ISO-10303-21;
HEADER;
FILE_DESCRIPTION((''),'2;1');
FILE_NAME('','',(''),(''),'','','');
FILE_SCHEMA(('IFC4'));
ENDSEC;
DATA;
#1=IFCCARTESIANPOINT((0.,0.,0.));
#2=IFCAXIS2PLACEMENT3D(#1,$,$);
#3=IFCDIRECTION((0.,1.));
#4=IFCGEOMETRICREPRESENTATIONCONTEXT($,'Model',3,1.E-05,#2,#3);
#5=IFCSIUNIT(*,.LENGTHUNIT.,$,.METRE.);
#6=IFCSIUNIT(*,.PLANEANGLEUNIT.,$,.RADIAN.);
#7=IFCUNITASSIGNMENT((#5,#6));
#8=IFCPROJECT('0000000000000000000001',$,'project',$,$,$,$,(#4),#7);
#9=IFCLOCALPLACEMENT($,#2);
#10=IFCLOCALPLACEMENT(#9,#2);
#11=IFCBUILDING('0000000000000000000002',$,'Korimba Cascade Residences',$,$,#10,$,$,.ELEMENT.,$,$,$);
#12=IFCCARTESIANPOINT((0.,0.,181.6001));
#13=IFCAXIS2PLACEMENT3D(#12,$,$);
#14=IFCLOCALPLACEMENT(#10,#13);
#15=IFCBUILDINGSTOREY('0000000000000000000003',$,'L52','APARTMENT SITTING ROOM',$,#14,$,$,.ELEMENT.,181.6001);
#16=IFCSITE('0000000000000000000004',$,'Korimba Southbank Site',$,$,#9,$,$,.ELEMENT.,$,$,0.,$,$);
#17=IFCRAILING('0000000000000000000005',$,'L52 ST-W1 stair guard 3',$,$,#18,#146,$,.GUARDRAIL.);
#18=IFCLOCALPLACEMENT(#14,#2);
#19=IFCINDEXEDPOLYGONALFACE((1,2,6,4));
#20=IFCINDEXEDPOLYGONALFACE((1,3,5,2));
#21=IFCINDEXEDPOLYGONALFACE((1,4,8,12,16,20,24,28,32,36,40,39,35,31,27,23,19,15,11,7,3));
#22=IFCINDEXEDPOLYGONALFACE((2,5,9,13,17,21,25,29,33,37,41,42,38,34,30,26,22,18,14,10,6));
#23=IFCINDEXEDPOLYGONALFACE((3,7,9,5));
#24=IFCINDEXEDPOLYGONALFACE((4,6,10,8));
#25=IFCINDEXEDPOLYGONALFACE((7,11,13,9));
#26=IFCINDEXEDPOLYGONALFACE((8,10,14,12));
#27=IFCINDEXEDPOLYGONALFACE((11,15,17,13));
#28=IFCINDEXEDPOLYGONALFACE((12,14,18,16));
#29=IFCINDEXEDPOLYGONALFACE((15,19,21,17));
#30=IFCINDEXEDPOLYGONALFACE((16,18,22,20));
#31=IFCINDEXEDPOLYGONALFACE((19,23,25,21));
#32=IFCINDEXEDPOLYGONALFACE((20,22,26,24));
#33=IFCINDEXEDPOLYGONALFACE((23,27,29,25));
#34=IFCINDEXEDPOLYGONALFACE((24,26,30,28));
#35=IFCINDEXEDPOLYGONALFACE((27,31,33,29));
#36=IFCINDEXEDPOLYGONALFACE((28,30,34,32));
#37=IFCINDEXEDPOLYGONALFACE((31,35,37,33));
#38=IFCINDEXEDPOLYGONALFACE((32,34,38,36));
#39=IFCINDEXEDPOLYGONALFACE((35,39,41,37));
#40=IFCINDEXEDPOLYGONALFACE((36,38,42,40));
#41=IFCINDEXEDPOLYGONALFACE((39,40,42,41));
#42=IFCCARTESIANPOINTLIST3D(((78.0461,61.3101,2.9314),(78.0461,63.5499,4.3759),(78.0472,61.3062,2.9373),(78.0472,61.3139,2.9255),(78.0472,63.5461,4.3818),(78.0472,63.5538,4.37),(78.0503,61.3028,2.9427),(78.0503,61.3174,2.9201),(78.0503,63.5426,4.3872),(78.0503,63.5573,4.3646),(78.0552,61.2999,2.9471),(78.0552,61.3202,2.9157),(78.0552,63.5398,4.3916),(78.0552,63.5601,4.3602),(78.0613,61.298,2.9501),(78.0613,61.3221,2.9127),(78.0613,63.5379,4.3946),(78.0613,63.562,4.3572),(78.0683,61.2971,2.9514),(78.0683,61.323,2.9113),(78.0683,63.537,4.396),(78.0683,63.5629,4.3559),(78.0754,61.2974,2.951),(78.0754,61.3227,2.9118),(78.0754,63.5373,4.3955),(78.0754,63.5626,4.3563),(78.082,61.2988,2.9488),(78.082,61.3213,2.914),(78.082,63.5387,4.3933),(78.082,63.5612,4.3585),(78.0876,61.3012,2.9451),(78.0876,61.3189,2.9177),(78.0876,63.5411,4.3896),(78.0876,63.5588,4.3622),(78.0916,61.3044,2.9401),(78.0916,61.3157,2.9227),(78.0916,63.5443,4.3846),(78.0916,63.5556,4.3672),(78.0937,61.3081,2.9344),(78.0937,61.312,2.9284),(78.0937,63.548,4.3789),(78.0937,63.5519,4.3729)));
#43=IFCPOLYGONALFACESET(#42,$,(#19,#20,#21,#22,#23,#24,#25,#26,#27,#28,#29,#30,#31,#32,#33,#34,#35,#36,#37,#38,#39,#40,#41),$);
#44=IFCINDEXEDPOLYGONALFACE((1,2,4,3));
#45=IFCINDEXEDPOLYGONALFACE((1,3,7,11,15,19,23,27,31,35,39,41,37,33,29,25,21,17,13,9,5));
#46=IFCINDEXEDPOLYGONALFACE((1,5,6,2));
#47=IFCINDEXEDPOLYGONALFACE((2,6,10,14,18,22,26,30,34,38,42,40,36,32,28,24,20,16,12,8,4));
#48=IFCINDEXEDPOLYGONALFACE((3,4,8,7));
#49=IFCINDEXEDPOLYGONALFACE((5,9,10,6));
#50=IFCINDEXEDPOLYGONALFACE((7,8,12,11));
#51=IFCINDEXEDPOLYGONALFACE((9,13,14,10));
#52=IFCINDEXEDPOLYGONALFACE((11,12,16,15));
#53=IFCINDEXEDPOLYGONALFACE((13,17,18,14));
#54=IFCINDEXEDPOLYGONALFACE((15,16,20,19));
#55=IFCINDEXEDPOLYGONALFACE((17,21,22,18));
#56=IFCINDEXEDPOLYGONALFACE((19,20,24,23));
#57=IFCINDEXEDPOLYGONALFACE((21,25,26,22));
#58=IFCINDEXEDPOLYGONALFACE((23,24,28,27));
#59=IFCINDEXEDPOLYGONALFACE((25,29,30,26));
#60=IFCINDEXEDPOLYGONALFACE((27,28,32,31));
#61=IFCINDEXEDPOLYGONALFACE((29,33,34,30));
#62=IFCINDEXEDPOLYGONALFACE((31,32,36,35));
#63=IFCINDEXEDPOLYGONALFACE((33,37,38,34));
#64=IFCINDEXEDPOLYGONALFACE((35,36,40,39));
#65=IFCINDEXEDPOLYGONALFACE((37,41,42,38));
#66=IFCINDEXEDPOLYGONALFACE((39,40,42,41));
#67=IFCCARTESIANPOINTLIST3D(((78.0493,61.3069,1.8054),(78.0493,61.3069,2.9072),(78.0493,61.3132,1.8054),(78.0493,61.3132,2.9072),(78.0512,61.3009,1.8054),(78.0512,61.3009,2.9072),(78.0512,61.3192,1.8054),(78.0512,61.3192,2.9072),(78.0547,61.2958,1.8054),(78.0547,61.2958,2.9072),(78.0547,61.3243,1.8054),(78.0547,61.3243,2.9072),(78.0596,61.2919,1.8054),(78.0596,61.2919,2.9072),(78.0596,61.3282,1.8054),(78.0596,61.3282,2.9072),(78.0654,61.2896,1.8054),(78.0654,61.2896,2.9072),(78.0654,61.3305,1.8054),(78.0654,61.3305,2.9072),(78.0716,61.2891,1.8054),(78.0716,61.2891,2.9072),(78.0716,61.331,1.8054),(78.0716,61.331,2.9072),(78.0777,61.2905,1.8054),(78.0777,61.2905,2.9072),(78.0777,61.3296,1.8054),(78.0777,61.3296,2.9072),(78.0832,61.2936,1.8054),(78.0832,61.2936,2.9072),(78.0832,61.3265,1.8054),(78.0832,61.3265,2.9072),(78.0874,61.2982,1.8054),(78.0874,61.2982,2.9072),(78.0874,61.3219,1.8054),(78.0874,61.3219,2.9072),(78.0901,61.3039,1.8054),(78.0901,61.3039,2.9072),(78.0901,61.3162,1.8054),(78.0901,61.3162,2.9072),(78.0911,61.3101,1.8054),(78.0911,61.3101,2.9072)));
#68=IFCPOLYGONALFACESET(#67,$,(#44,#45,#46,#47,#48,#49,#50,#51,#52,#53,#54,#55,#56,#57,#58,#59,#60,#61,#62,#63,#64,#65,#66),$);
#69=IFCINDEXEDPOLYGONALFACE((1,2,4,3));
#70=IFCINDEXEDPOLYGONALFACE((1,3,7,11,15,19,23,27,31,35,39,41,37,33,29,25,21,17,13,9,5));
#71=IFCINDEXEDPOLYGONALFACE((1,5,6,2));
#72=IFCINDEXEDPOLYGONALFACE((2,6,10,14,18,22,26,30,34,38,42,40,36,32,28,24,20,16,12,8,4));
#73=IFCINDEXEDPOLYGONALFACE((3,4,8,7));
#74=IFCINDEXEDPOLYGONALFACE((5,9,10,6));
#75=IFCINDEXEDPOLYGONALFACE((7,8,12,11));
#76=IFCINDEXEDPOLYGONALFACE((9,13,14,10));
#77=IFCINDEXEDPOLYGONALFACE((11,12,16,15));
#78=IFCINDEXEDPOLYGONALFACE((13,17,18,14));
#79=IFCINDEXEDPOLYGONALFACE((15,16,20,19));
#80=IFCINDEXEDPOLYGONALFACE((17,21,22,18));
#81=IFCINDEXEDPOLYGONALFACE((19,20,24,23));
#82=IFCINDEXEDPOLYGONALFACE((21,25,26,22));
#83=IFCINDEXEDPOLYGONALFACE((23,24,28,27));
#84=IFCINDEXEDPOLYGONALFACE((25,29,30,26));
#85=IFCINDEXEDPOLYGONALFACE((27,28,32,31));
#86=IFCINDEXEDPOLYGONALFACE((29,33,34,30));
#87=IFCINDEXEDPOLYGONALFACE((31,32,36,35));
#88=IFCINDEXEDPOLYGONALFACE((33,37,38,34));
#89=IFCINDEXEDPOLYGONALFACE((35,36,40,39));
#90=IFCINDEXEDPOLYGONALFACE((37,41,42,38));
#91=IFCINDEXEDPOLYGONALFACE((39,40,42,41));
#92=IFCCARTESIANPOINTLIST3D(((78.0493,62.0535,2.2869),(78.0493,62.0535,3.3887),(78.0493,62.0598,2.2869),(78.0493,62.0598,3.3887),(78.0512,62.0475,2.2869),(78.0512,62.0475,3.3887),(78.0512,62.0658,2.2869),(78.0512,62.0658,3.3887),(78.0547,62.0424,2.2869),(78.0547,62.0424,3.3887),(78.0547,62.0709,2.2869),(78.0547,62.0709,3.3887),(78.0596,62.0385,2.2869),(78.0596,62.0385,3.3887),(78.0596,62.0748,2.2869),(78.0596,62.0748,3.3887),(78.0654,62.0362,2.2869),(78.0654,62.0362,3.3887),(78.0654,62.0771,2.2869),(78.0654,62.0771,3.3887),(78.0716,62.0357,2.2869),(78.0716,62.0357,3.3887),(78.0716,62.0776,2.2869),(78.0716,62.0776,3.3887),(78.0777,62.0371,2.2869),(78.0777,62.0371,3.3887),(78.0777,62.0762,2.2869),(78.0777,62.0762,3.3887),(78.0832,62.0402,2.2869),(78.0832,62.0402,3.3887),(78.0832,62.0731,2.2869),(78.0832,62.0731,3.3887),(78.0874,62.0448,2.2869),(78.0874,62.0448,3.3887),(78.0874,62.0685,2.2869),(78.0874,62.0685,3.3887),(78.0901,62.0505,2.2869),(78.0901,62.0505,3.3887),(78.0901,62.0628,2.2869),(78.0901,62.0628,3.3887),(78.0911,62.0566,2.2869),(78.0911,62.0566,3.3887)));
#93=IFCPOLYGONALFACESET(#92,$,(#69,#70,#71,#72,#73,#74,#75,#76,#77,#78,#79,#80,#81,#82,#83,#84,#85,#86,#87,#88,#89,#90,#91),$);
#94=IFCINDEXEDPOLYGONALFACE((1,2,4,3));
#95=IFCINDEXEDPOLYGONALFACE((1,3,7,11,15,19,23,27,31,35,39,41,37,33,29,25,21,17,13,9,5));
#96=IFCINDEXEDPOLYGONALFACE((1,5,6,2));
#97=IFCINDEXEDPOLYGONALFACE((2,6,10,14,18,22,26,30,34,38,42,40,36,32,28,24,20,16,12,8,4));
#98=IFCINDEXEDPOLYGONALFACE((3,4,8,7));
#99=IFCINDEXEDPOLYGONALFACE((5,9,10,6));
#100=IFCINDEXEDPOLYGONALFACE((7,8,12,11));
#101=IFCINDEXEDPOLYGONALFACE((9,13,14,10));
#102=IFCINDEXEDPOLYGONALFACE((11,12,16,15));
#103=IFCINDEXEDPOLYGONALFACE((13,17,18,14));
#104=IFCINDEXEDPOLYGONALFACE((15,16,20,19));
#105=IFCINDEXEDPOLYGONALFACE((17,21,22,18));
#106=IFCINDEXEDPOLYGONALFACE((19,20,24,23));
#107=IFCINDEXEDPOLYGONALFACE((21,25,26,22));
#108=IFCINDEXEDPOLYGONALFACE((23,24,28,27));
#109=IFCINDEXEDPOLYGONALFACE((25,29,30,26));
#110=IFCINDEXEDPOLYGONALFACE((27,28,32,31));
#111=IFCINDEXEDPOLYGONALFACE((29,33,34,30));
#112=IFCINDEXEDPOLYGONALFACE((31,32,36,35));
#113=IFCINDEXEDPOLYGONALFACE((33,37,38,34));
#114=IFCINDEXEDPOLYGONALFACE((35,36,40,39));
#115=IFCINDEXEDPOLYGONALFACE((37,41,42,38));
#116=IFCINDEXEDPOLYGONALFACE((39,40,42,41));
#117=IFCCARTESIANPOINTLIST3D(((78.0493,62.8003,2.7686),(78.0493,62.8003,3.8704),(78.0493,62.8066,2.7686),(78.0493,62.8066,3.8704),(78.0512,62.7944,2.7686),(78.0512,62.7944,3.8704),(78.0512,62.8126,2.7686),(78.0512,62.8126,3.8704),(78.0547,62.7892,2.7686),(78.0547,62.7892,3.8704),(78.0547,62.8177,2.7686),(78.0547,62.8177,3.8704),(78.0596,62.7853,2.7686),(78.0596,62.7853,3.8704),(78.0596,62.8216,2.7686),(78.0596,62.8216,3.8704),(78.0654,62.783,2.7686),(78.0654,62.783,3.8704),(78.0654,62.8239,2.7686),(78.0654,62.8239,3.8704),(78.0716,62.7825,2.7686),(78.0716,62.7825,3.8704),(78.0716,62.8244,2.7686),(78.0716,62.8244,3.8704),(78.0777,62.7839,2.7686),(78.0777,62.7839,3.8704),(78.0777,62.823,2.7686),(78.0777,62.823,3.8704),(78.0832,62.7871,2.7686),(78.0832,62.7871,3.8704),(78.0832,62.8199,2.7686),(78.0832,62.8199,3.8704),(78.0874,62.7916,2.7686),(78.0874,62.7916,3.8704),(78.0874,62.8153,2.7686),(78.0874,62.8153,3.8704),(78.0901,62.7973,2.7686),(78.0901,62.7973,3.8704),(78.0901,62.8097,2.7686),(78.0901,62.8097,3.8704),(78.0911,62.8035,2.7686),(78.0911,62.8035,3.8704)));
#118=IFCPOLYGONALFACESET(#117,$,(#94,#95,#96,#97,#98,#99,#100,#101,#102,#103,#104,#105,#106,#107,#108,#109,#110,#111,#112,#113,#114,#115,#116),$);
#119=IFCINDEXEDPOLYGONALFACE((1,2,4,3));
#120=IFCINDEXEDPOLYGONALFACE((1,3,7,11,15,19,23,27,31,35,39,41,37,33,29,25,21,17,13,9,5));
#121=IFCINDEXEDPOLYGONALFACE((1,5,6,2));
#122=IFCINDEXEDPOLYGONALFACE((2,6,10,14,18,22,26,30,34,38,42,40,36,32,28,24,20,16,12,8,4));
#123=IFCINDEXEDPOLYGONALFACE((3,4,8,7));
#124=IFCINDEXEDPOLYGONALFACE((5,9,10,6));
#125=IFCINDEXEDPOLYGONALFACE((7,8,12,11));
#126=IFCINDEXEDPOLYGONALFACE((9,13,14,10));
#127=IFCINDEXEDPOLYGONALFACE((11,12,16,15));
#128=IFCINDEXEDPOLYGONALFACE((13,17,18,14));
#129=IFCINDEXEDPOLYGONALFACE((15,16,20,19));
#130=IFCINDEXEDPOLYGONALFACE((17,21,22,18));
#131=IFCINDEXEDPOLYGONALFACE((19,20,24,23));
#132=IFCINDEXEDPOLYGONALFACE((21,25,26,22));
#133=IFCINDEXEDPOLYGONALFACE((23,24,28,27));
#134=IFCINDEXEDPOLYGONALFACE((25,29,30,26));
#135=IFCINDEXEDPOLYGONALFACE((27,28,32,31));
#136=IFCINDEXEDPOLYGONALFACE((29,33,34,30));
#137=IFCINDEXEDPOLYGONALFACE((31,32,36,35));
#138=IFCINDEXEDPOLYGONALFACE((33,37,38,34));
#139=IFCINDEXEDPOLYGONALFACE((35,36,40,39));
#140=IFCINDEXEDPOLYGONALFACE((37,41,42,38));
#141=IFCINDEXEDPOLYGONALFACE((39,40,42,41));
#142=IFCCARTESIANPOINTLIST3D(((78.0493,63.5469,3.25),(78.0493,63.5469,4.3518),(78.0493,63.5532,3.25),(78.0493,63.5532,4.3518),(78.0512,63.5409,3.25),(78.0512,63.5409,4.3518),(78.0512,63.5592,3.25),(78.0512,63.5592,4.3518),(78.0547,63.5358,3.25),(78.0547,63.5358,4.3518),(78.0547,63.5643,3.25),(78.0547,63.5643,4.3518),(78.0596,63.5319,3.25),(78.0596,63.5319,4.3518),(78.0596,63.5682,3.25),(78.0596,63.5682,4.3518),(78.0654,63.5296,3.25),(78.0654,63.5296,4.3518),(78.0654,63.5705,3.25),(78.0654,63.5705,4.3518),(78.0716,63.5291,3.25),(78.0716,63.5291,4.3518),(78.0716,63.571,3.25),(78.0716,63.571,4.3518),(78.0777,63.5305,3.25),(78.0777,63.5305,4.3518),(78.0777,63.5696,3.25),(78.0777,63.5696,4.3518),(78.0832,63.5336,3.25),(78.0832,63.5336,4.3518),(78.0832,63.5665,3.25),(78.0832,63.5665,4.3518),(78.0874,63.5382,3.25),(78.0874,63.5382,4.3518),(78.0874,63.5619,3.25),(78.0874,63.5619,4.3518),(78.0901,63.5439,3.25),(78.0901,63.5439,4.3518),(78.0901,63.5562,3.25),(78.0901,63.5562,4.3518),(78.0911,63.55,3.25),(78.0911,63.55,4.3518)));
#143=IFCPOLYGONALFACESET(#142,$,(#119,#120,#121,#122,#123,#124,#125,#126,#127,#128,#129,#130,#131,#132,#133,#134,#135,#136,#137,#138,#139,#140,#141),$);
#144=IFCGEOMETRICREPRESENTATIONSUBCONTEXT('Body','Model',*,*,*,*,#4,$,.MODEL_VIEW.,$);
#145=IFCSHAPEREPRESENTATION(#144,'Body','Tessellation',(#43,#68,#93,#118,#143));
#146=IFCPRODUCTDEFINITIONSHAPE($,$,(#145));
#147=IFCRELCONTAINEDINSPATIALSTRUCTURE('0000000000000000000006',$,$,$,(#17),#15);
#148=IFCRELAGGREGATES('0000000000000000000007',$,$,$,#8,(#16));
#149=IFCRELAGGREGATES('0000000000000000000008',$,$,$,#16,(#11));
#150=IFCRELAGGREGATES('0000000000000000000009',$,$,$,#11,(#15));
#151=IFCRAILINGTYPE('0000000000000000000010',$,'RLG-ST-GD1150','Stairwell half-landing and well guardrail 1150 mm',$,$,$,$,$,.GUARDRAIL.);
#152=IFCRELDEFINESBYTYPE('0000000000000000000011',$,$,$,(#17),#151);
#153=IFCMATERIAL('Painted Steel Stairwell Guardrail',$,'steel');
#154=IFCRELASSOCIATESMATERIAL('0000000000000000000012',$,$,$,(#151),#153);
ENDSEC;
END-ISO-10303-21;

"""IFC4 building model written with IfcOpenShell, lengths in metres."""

from ifc_helpers import new_model, si_unit, direction, frame, origin, origin_2d, place, context, subcontext, project, spatial, circle, extrude, material, type_object, element, save


model = new_model("IFC4")

# Units and contexts
model_context = context("Model", 3, precision=1e-05, world=origin(), true_north=direction((0.0, 1.0)))
body_context = subcontext(model_context, "Body", "Model", "MODEL_VIEW")
ifc_project = project(units=[si_unit("LENGTHUNIT", "METRE"), si_unit("PLANEANGLEUNIT", "RADIAN")], contexts=[model_context])

# Site, building, storey
site_placement = place(None, origin())
site = spatial("IfcSite", under=ifc_project, at=site_placement, Name="Korimba Southbank Site", CompositionType="ELEMENT", RefElevation=0.0)
building_placement = place(site_placement, origin())
building = spatial("IfcBuilding", under=site, at=building_placement, Name="Korimba Cascade Residences", CompositionType="ELEMENT")
storey_placement = place(building_placement, frame((0.0, 0.0, 181.6001)))
storey = spatial("IfcBuildingStorey", under=building, at=storey_placement, Name="L52", Description="APARTMENT SITTING ROOM", CompositionType="ELEMENT", Elevation=181.6001)

# Railing
ifc_material_1 = material(Name="Painted Steel Stairwell Guardrail", Category="steel")
railing_type_1 = type_object("IfcRailingType", Name="RLG-ST-GD1150", Description="Stairwell half-landing and well guardrail 1150 mm", PredefinedType="GUARDRAIL", material=ifc_material_1)
railing_1_placement = place(storey_placement, frame((78.0701, 61.3101, 1.8054)))
element("IfcRailing", 1, at=railing_1_placement, inside=storey, type_object=railing_type_1, Name="L52 ST-W1 stair guard 3", PredefinedType="GUARDRAIL", context=body_context, shape_type="SweptSolid", body=[
    extrude(circle(Radius=0.0239, at=origin_2d()), frame((0.0, 0.0, 1.126), z_axis=(0.0, 0.840395, 0.541975), x_axis=(-1.0, 0.0, 0.0)), (0.0, 0.0, 1.0), 2.6653),
    extrude(circle(Radius=0.021, at=origin_2d()), origin(), (0.0, 0.0, 1.0), 1.1018),
    extrude(circle(Radius=0.021, at=origin_2d()), frame((0.0, 0.7466, 0.4814)), (0.0, 0.0, 1.0), 1.1018),
    extrude(circle(Radius=0.021, at=origin_2d()), frame((0.0, 1.4934, 0.9631)), (0.0, 0.0, 1.0), 1.1018),
    extrude(circle(Radius=0.021, at=origin_2d()), frame((0.0, 2.24, 1.4446)), (0.0, 0.0, 1.0), 1.1018),
])

save(model, "model.ifc")
